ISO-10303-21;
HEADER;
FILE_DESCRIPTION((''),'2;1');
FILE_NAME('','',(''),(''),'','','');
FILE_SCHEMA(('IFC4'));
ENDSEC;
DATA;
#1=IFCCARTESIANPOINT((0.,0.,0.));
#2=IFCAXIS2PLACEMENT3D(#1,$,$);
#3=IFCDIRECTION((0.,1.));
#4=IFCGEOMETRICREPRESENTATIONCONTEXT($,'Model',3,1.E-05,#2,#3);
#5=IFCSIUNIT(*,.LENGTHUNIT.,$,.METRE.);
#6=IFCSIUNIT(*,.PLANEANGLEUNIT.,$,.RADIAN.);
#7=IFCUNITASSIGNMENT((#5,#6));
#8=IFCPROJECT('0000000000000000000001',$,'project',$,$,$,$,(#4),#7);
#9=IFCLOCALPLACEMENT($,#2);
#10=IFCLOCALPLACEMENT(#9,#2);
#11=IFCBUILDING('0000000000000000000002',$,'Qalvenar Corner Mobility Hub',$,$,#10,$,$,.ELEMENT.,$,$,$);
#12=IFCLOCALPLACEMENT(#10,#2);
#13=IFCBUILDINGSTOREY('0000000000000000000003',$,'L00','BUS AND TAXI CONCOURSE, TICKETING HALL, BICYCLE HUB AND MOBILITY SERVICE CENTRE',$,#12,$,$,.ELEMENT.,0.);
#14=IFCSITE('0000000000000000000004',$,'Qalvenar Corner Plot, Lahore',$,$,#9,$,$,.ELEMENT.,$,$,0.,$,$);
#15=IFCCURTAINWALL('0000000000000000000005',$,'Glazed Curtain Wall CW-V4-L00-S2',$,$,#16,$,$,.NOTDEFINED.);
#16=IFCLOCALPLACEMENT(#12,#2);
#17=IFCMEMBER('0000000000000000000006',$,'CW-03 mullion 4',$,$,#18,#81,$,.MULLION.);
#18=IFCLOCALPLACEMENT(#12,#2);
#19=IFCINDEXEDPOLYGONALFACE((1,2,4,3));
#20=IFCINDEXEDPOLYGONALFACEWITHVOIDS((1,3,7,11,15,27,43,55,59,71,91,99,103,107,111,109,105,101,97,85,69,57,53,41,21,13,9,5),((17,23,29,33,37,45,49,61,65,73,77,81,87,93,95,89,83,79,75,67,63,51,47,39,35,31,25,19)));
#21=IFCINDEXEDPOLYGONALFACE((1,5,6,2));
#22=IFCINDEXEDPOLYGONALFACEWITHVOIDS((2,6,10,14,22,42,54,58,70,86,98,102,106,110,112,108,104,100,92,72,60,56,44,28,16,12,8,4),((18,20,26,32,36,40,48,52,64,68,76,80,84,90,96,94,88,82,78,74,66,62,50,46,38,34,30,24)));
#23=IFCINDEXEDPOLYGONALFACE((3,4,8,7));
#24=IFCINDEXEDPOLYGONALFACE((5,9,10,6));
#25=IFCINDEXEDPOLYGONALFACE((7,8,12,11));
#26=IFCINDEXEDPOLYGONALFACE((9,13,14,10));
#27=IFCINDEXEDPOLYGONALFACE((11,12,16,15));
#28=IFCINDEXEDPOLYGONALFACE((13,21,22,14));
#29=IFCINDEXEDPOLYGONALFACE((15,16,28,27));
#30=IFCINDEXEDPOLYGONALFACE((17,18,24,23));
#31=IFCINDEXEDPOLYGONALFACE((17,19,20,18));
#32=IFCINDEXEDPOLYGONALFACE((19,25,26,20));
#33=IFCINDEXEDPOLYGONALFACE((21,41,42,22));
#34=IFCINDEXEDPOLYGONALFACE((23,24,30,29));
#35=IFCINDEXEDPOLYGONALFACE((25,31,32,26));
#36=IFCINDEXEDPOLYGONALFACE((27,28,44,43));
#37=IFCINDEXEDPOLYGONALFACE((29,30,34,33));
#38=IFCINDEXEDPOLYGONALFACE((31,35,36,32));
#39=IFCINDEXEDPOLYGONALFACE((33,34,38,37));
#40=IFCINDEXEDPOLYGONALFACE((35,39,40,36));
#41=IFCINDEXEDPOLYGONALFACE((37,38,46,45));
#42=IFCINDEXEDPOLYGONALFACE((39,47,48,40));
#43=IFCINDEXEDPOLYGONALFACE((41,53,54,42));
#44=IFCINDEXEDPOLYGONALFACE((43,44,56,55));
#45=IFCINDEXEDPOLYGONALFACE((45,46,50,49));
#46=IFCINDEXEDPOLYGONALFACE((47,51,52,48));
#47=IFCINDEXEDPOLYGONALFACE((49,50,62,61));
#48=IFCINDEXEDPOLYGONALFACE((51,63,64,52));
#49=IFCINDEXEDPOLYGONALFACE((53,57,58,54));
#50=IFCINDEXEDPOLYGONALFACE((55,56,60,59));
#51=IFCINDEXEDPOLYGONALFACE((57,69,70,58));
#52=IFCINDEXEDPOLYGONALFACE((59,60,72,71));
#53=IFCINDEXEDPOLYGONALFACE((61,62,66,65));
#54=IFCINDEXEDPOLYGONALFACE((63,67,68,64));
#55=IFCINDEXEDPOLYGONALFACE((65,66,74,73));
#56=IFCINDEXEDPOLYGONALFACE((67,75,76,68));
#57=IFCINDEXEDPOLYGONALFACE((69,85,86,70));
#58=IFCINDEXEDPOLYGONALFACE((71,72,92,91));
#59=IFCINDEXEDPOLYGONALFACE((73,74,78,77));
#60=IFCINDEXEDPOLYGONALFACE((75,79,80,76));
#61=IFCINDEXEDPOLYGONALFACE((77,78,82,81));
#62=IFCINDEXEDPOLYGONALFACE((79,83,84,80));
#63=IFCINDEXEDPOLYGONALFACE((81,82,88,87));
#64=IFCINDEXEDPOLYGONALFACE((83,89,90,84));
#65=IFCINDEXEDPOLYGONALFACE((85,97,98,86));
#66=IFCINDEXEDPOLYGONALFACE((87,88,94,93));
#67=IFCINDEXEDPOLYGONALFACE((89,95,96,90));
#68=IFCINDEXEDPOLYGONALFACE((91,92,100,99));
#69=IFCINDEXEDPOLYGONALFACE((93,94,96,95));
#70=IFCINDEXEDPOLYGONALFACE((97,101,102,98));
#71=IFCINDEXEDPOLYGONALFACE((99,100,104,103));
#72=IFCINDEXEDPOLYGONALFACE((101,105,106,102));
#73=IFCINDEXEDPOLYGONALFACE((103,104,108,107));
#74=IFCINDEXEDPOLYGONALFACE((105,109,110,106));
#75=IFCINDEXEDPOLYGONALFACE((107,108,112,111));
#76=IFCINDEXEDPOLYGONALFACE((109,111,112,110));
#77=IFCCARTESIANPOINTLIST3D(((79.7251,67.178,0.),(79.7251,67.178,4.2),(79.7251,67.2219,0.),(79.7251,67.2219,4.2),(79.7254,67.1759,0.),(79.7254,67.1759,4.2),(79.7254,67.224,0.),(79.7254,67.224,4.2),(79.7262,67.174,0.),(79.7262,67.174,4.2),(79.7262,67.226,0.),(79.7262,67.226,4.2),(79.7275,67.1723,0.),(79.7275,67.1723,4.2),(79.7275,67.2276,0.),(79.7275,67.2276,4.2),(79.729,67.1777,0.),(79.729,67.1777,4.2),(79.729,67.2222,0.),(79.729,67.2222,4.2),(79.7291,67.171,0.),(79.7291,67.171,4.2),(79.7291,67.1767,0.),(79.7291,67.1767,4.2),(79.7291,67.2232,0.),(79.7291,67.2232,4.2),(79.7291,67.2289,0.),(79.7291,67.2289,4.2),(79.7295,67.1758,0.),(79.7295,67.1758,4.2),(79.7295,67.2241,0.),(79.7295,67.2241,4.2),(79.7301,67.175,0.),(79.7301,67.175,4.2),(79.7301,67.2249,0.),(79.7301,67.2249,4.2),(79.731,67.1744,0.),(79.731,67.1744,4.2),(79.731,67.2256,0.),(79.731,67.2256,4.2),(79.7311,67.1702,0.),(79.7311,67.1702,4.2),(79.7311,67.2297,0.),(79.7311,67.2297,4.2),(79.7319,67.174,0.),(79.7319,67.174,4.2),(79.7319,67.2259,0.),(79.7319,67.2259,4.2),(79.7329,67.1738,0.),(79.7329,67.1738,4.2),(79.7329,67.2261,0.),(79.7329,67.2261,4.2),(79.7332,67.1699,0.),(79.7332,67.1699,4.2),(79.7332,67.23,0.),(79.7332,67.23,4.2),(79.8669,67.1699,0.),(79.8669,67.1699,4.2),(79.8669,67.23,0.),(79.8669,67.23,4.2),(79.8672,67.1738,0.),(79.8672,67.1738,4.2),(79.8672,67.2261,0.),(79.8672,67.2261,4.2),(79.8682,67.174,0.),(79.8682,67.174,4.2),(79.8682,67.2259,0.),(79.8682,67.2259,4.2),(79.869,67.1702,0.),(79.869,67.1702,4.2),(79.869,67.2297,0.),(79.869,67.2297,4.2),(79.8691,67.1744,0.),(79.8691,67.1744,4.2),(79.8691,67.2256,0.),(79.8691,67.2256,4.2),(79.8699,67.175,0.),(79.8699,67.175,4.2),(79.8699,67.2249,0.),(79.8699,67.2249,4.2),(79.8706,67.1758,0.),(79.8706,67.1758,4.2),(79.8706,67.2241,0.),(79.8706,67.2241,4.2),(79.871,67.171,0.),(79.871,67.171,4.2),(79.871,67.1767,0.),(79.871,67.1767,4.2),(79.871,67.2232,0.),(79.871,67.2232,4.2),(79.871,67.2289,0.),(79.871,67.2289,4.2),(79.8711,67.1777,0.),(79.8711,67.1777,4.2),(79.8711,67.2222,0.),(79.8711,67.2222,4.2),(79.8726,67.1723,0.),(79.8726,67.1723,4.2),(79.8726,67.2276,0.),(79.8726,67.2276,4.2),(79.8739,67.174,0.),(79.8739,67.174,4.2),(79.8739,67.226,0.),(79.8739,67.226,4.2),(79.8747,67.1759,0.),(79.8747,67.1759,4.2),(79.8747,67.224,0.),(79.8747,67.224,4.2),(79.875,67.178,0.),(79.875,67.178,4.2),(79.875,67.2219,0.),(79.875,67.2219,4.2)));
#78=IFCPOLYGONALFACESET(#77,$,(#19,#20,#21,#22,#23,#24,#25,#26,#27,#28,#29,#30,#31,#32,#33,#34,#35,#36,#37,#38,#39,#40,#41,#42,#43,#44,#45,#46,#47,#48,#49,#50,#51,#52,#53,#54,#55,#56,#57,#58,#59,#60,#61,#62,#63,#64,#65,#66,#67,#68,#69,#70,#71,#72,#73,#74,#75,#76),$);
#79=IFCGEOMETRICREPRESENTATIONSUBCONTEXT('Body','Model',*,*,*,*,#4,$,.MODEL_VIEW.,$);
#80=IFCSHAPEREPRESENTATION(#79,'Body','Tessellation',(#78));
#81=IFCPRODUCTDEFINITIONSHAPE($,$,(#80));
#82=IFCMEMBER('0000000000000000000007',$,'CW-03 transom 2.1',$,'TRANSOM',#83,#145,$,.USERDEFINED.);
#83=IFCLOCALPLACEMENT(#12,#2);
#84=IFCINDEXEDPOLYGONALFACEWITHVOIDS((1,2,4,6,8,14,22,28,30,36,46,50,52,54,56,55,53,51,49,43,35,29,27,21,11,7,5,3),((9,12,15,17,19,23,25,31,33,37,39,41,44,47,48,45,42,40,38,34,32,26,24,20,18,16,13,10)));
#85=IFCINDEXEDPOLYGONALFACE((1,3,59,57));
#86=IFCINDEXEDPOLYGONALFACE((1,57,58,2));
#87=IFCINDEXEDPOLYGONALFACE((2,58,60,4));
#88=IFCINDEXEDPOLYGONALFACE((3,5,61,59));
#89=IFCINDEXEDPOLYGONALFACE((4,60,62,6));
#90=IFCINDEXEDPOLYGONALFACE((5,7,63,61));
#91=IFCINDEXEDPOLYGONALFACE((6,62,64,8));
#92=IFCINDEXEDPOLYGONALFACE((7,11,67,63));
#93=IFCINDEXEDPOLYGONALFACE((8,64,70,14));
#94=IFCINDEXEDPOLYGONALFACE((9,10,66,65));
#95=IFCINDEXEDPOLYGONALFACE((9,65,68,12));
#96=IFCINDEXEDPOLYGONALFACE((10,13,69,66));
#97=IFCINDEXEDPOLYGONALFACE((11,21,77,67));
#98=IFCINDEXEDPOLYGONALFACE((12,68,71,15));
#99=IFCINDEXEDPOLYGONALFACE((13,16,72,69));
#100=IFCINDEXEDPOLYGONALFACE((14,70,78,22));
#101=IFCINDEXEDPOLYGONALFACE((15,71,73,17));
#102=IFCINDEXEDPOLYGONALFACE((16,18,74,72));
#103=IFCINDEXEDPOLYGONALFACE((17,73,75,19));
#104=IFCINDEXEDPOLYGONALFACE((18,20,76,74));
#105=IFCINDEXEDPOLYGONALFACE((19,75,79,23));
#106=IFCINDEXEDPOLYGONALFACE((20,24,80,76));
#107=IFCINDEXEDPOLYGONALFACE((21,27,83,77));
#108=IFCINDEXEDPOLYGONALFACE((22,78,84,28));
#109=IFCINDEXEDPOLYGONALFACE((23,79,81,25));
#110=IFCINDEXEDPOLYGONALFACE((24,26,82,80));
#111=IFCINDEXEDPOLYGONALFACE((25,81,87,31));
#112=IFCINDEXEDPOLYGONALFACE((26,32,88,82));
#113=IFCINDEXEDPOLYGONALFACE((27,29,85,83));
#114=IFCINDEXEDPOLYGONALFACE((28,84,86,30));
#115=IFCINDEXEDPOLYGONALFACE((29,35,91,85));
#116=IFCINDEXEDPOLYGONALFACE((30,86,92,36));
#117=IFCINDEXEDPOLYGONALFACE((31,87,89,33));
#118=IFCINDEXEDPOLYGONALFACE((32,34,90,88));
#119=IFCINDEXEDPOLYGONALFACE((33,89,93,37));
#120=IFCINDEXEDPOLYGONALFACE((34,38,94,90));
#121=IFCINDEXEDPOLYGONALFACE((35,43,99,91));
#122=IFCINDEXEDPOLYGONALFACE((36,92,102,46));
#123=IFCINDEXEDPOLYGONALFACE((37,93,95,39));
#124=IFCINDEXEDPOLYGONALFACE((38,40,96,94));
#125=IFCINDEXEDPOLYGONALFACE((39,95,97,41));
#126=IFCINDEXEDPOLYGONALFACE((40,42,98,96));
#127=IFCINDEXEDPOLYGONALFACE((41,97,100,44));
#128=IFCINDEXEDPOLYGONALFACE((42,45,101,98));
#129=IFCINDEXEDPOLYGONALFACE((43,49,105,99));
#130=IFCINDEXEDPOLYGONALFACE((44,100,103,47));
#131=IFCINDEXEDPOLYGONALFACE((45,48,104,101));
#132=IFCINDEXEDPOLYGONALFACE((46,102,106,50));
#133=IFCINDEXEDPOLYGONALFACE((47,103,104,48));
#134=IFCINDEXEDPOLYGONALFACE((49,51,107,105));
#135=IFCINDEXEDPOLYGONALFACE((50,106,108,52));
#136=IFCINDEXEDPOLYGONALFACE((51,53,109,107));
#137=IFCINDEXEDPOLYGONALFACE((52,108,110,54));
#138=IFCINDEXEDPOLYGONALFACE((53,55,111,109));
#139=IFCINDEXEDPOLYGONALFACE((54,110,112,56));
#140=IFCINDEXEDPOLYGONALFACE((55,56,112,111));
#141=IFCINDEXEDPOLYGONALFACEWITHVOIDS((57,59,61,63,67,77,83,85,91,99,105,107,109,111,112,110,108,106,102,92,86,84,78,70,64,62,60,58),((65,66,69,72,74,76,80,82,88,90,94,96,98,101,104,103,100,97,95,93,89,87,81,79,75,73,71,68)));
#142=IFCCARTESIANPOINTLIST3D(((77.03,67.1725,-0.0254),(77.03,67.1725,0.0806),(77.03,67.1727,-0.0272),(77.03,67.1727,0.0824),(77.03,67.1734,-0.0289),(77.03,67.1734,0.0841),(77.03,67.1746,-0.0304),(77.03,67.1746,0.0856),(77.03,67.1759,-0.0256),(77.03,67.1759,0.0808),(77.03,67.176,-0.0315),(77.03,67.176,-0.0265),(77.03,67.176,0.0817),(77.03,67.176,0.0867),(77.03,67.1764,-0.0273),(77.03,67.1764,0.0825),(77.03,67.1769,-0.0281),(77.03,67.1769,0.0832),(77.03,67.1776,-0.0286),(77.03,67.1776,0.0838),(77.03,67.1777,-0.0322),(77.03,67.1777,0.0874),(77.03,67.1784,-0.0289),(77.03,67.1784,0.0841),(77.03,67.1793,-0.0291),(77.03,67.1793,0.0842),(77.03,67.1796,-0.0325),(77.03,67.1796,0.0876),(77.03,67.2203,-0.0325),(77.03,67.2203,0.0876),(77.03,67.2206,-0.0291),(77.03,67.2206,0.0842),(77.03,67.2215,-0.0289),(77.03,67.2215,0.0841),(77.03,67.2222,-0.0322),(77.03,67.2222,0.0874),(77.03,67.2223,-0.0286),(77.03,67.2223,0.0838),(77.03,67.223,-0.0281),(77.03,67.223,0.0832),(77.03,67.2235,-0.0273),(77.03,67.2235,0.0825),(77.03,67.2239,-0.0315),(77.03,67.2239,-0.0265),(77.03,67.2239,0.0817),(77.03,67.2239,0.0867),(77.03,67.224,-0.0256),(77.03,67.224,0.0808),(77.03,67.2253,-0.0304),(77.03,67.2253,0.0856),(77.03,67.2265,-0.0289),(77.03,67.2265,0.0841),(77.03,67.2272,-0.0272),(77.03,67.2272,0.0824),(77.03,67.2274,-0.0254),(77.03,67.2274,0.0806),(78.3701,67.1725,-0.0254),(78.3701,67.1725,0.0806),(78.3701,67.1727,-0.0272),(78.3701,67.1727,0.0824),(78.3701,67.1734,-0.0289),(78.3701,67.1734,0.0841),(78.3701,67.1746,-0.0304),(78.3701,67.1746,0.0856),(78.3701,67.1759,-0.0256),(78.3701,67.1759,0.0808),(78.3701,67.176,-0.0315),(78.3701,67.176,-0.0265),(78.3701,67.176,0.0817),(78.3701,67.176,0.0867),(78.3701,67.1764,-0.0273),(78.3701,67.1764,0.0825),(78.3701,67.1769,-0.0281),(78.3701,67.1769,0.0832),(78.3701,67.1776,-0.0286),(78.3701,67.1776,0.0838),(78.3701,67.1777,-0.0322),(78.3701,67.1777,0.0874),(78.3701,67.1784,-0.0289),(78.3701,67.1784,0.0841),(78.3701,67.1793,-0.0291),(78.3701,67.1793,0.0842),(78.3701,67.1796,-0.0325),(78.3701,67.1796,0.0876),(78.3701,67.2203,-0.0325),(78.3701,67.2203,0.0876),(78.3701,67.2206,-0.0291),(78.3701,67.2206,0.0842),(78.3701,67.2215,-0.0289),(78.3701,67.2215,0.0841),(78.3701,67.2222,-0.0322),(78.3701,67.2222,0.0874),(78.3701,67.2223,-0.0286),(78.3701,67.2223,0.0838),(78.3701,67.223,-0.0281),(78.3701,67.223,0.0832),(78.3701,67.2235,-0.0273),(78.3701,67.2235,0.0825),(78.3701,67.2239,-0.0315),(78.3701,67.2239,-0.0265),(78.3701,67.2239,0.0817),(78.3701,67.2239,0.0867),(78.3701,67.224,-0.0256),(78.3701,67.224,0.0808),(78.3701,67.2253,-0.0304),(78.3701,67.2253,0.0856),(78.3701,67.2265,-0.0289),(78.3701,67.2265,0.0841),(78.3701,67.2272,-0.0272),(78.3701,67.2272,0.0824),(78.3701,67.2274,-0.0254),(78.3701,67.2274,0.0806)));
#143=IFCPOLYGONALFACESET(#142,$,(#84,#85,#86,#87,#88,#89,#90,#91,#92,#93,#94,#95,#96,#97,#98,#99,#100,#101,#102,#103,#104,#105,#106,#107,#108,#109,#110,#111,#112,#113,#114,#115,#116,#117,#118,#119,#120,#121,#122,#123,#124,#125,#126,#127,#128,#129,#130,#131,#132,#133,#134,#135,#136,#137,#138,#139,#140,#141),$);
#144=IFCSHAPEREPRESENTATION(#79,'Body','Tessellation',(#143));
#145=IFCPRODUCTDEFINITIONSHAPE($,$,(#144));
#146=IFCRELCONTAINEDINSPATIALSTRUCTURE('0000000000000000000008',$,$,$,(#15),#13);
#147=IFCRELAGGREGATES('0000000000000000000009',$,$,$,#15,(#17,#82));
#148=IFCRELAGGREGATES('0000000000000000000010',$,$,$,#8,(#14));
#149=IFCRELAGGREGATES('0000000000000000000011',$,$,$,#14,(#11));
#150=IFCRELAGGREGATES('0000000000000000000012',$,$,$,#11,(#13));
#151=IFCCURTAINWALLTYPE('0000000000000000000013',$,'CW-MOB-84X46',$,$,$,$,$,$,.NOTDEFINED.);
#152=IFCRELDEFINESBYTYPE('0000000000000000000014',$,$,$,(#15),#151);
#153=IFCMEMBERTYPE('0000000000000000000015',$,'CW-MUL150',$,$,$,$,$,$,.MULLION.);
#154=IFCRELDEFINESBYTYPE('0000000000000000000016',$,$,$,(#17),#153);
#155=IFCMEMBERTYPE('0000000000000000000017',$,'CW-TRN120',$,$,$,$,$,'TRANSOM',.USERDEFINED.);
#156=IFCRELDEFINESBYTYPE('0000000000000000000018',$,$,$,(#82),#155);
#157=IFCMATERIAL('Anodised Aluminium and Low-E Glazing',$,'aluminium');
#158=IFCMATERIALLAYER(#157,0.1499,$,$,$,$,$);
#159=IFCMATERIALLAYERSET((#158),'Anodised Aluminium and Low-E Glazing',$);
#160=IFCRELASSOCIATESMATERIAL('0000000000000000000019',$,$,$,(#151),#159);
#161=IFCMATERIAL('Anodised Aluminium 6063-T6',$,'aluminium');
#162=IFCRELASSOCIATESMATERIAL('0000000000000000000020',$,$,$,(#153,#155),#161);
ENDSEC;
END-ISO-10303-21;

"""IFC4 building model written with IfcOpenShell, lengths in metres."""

from ifc_helpers import new_model, si_unit, direction, frame, origin, origin_2d, place, context, subcontext, project, spatial, hollow_rectangle, extrude, material, layer, layer_set, material_profile, profile_set, type_object, element, aggregate, save


model = new_model("IFC4")

# Units and contexts
model_context = context("Model", 3, precision=1e-05, world=origin(), true_north=direction((0.0, 1.0)))
body_context = subcontext(model_context, "Body", "Model", "MODEL_VIEW")
ifc_project = project(units=[si_unit("LENGTHUNIT", "METRE"), si_unit("PLANEANGLEUNIT", "RADIAN")], contexts=[model_context])

# Site, building, storey
site_placement = place(None, origin())
site = spatial("IfcSite", under=ifc_project, at=site_placement, Name="Qalvenar Corner Plot, Lahore", CompositionType="ELEMENT", RefElevation=0.0)
building_placement = place(site_placement, origin())
building = spatial("IfcBuilding", under=site, at=building_placement, Name="Qalvenar Corner Mobility Hub", CompositionType="ELEMENT")
storey_placement = place(building_placement, origin())
storey = spatial("IfcBuildingStorey", under=building, at=storey_placement, Name="L00", Description="BUS AND TAXI CONCOURSE, TICKETING HALL, BICYCLE HUB AND MOBILITY SERVICE CENTRE", CompositionType="ELEMENT", Elevation=0.0)

# Curtain wall, members
ifc_material_1 = material(Name="Anodised Aluminium and Low-E Glazing", Category="aluminium")
ifc_layer_1 = layer(ifc_material_1, 0.1499)
ifc_layer_set_1 = layer_set([ifc_layer_1], Name="Anodised Aluminium and Low-E Glazing")
curtain_wall_type = type_object("IfcCurtainWallType", Name="CW-MOB-84X46", PredefinedType="NOTDEFINED", material=ifc_layer_set_1)
curtain_wall_placement = place(storey_placement, origin())
curtain_wall = element("IfcCurtainWall", 1, at=curtain_wall_placement, inside=storey, type_object=curtain_wall_type, Name="Glazed Curtain Wall CW-V4-L00-S2", PredefinedType="NOTDEFINED")
ifc_material_2 = material(Name="Anodised Aluminium 6063-T6", Category="aluminium")
ifc_material_profile_1 = material_profile(ifc_material_2, hollow_rectangle(XDim=0.0601, YDim=0.1499, WallThickness=0.0039, InnerFilletRadius=0.0039, OuterFilletRadius=0.0081, at=origin_2d()), Name="RHS150x60x4")
ifc_profile_set_1 = profile_set([ifc_material_profile_1], Name="Anodised Aluminium 6063-T6")
member_type_1 = type_object("IfcMemberType", Name="CW-MUL150", PredefinedType="MULLION", material=ifc_profile_set_1)
member_1_placement = place(storey_placement, frame((79.8, 67.2, 0.0), z_axis=(0.0, 0.0, 1.0), x_axis=(0.0, 1.0, 0.0)))
member_1 = element("IfcMember", 2, at=member_1_placement, type_object=member_type_1, Name="CW-03 mullion 4", PredefinedType="MULLION", context=body_context, shape_type="SweptSolid", body=[
    extrude(hollow_rectangle(XDim=0.0601, YDim=0.1499, WallThickness=0.0039, InnerFilletRadius=0.0039, OuterFilletRadius=0.0081, at=origin_2d()), origin(), (0.0, 0.0, 1.0), 4.2),
])
ifc_material_profile_2 = material_profile(ifc_material_2, hollow_rectangle(XDim=0.0549, YDim=0.1201, WallThickness=0.0034, InnerFilletRadius=0.0034, OuterFilletRadius=0.0071, at=origin_2d()), Name="RHS120x55x3.5")
ifc_profile_set_2 = profile_set([ifc_material_profile_2], Name="Anodised Aluminium 6063-T6")
member_type_2 = type_object("IfcMemberType", Name="CW-TRN120", ElementType="TRANSOM", PredefinedType="USERDEFINED", material=ifc_profile_set_2)
member_2_placement = place(storey_placement, frame((77.03, 67.2, 0.0276), z_axis=(1.0, 0.0, 0.0), x_axis=(0.0, 1.0, 0.0)))
member_2 = element("IfcMember", 3, at=member_2_placement, type_object=member_type_2, Name="CW-03 transom 2.1", ObjectType="TRANSOM", PredefinedType="USERDEFINED", context=body_context, shape_type="SweptSolid", body=[
    extrude(hollow_rectangle(XDim=0.0549, YDim=0.1201, WallThickness=0.0034, InnerFilletRadius=0.0034, OuterFilletRadius=0.0071, at=origin_2d()), origin(), (0.0, 0.0, 1.0), 1.3401),
])
aggregate(curtain_wall, [member_1, member_2])

save(model, "model.ifc")
